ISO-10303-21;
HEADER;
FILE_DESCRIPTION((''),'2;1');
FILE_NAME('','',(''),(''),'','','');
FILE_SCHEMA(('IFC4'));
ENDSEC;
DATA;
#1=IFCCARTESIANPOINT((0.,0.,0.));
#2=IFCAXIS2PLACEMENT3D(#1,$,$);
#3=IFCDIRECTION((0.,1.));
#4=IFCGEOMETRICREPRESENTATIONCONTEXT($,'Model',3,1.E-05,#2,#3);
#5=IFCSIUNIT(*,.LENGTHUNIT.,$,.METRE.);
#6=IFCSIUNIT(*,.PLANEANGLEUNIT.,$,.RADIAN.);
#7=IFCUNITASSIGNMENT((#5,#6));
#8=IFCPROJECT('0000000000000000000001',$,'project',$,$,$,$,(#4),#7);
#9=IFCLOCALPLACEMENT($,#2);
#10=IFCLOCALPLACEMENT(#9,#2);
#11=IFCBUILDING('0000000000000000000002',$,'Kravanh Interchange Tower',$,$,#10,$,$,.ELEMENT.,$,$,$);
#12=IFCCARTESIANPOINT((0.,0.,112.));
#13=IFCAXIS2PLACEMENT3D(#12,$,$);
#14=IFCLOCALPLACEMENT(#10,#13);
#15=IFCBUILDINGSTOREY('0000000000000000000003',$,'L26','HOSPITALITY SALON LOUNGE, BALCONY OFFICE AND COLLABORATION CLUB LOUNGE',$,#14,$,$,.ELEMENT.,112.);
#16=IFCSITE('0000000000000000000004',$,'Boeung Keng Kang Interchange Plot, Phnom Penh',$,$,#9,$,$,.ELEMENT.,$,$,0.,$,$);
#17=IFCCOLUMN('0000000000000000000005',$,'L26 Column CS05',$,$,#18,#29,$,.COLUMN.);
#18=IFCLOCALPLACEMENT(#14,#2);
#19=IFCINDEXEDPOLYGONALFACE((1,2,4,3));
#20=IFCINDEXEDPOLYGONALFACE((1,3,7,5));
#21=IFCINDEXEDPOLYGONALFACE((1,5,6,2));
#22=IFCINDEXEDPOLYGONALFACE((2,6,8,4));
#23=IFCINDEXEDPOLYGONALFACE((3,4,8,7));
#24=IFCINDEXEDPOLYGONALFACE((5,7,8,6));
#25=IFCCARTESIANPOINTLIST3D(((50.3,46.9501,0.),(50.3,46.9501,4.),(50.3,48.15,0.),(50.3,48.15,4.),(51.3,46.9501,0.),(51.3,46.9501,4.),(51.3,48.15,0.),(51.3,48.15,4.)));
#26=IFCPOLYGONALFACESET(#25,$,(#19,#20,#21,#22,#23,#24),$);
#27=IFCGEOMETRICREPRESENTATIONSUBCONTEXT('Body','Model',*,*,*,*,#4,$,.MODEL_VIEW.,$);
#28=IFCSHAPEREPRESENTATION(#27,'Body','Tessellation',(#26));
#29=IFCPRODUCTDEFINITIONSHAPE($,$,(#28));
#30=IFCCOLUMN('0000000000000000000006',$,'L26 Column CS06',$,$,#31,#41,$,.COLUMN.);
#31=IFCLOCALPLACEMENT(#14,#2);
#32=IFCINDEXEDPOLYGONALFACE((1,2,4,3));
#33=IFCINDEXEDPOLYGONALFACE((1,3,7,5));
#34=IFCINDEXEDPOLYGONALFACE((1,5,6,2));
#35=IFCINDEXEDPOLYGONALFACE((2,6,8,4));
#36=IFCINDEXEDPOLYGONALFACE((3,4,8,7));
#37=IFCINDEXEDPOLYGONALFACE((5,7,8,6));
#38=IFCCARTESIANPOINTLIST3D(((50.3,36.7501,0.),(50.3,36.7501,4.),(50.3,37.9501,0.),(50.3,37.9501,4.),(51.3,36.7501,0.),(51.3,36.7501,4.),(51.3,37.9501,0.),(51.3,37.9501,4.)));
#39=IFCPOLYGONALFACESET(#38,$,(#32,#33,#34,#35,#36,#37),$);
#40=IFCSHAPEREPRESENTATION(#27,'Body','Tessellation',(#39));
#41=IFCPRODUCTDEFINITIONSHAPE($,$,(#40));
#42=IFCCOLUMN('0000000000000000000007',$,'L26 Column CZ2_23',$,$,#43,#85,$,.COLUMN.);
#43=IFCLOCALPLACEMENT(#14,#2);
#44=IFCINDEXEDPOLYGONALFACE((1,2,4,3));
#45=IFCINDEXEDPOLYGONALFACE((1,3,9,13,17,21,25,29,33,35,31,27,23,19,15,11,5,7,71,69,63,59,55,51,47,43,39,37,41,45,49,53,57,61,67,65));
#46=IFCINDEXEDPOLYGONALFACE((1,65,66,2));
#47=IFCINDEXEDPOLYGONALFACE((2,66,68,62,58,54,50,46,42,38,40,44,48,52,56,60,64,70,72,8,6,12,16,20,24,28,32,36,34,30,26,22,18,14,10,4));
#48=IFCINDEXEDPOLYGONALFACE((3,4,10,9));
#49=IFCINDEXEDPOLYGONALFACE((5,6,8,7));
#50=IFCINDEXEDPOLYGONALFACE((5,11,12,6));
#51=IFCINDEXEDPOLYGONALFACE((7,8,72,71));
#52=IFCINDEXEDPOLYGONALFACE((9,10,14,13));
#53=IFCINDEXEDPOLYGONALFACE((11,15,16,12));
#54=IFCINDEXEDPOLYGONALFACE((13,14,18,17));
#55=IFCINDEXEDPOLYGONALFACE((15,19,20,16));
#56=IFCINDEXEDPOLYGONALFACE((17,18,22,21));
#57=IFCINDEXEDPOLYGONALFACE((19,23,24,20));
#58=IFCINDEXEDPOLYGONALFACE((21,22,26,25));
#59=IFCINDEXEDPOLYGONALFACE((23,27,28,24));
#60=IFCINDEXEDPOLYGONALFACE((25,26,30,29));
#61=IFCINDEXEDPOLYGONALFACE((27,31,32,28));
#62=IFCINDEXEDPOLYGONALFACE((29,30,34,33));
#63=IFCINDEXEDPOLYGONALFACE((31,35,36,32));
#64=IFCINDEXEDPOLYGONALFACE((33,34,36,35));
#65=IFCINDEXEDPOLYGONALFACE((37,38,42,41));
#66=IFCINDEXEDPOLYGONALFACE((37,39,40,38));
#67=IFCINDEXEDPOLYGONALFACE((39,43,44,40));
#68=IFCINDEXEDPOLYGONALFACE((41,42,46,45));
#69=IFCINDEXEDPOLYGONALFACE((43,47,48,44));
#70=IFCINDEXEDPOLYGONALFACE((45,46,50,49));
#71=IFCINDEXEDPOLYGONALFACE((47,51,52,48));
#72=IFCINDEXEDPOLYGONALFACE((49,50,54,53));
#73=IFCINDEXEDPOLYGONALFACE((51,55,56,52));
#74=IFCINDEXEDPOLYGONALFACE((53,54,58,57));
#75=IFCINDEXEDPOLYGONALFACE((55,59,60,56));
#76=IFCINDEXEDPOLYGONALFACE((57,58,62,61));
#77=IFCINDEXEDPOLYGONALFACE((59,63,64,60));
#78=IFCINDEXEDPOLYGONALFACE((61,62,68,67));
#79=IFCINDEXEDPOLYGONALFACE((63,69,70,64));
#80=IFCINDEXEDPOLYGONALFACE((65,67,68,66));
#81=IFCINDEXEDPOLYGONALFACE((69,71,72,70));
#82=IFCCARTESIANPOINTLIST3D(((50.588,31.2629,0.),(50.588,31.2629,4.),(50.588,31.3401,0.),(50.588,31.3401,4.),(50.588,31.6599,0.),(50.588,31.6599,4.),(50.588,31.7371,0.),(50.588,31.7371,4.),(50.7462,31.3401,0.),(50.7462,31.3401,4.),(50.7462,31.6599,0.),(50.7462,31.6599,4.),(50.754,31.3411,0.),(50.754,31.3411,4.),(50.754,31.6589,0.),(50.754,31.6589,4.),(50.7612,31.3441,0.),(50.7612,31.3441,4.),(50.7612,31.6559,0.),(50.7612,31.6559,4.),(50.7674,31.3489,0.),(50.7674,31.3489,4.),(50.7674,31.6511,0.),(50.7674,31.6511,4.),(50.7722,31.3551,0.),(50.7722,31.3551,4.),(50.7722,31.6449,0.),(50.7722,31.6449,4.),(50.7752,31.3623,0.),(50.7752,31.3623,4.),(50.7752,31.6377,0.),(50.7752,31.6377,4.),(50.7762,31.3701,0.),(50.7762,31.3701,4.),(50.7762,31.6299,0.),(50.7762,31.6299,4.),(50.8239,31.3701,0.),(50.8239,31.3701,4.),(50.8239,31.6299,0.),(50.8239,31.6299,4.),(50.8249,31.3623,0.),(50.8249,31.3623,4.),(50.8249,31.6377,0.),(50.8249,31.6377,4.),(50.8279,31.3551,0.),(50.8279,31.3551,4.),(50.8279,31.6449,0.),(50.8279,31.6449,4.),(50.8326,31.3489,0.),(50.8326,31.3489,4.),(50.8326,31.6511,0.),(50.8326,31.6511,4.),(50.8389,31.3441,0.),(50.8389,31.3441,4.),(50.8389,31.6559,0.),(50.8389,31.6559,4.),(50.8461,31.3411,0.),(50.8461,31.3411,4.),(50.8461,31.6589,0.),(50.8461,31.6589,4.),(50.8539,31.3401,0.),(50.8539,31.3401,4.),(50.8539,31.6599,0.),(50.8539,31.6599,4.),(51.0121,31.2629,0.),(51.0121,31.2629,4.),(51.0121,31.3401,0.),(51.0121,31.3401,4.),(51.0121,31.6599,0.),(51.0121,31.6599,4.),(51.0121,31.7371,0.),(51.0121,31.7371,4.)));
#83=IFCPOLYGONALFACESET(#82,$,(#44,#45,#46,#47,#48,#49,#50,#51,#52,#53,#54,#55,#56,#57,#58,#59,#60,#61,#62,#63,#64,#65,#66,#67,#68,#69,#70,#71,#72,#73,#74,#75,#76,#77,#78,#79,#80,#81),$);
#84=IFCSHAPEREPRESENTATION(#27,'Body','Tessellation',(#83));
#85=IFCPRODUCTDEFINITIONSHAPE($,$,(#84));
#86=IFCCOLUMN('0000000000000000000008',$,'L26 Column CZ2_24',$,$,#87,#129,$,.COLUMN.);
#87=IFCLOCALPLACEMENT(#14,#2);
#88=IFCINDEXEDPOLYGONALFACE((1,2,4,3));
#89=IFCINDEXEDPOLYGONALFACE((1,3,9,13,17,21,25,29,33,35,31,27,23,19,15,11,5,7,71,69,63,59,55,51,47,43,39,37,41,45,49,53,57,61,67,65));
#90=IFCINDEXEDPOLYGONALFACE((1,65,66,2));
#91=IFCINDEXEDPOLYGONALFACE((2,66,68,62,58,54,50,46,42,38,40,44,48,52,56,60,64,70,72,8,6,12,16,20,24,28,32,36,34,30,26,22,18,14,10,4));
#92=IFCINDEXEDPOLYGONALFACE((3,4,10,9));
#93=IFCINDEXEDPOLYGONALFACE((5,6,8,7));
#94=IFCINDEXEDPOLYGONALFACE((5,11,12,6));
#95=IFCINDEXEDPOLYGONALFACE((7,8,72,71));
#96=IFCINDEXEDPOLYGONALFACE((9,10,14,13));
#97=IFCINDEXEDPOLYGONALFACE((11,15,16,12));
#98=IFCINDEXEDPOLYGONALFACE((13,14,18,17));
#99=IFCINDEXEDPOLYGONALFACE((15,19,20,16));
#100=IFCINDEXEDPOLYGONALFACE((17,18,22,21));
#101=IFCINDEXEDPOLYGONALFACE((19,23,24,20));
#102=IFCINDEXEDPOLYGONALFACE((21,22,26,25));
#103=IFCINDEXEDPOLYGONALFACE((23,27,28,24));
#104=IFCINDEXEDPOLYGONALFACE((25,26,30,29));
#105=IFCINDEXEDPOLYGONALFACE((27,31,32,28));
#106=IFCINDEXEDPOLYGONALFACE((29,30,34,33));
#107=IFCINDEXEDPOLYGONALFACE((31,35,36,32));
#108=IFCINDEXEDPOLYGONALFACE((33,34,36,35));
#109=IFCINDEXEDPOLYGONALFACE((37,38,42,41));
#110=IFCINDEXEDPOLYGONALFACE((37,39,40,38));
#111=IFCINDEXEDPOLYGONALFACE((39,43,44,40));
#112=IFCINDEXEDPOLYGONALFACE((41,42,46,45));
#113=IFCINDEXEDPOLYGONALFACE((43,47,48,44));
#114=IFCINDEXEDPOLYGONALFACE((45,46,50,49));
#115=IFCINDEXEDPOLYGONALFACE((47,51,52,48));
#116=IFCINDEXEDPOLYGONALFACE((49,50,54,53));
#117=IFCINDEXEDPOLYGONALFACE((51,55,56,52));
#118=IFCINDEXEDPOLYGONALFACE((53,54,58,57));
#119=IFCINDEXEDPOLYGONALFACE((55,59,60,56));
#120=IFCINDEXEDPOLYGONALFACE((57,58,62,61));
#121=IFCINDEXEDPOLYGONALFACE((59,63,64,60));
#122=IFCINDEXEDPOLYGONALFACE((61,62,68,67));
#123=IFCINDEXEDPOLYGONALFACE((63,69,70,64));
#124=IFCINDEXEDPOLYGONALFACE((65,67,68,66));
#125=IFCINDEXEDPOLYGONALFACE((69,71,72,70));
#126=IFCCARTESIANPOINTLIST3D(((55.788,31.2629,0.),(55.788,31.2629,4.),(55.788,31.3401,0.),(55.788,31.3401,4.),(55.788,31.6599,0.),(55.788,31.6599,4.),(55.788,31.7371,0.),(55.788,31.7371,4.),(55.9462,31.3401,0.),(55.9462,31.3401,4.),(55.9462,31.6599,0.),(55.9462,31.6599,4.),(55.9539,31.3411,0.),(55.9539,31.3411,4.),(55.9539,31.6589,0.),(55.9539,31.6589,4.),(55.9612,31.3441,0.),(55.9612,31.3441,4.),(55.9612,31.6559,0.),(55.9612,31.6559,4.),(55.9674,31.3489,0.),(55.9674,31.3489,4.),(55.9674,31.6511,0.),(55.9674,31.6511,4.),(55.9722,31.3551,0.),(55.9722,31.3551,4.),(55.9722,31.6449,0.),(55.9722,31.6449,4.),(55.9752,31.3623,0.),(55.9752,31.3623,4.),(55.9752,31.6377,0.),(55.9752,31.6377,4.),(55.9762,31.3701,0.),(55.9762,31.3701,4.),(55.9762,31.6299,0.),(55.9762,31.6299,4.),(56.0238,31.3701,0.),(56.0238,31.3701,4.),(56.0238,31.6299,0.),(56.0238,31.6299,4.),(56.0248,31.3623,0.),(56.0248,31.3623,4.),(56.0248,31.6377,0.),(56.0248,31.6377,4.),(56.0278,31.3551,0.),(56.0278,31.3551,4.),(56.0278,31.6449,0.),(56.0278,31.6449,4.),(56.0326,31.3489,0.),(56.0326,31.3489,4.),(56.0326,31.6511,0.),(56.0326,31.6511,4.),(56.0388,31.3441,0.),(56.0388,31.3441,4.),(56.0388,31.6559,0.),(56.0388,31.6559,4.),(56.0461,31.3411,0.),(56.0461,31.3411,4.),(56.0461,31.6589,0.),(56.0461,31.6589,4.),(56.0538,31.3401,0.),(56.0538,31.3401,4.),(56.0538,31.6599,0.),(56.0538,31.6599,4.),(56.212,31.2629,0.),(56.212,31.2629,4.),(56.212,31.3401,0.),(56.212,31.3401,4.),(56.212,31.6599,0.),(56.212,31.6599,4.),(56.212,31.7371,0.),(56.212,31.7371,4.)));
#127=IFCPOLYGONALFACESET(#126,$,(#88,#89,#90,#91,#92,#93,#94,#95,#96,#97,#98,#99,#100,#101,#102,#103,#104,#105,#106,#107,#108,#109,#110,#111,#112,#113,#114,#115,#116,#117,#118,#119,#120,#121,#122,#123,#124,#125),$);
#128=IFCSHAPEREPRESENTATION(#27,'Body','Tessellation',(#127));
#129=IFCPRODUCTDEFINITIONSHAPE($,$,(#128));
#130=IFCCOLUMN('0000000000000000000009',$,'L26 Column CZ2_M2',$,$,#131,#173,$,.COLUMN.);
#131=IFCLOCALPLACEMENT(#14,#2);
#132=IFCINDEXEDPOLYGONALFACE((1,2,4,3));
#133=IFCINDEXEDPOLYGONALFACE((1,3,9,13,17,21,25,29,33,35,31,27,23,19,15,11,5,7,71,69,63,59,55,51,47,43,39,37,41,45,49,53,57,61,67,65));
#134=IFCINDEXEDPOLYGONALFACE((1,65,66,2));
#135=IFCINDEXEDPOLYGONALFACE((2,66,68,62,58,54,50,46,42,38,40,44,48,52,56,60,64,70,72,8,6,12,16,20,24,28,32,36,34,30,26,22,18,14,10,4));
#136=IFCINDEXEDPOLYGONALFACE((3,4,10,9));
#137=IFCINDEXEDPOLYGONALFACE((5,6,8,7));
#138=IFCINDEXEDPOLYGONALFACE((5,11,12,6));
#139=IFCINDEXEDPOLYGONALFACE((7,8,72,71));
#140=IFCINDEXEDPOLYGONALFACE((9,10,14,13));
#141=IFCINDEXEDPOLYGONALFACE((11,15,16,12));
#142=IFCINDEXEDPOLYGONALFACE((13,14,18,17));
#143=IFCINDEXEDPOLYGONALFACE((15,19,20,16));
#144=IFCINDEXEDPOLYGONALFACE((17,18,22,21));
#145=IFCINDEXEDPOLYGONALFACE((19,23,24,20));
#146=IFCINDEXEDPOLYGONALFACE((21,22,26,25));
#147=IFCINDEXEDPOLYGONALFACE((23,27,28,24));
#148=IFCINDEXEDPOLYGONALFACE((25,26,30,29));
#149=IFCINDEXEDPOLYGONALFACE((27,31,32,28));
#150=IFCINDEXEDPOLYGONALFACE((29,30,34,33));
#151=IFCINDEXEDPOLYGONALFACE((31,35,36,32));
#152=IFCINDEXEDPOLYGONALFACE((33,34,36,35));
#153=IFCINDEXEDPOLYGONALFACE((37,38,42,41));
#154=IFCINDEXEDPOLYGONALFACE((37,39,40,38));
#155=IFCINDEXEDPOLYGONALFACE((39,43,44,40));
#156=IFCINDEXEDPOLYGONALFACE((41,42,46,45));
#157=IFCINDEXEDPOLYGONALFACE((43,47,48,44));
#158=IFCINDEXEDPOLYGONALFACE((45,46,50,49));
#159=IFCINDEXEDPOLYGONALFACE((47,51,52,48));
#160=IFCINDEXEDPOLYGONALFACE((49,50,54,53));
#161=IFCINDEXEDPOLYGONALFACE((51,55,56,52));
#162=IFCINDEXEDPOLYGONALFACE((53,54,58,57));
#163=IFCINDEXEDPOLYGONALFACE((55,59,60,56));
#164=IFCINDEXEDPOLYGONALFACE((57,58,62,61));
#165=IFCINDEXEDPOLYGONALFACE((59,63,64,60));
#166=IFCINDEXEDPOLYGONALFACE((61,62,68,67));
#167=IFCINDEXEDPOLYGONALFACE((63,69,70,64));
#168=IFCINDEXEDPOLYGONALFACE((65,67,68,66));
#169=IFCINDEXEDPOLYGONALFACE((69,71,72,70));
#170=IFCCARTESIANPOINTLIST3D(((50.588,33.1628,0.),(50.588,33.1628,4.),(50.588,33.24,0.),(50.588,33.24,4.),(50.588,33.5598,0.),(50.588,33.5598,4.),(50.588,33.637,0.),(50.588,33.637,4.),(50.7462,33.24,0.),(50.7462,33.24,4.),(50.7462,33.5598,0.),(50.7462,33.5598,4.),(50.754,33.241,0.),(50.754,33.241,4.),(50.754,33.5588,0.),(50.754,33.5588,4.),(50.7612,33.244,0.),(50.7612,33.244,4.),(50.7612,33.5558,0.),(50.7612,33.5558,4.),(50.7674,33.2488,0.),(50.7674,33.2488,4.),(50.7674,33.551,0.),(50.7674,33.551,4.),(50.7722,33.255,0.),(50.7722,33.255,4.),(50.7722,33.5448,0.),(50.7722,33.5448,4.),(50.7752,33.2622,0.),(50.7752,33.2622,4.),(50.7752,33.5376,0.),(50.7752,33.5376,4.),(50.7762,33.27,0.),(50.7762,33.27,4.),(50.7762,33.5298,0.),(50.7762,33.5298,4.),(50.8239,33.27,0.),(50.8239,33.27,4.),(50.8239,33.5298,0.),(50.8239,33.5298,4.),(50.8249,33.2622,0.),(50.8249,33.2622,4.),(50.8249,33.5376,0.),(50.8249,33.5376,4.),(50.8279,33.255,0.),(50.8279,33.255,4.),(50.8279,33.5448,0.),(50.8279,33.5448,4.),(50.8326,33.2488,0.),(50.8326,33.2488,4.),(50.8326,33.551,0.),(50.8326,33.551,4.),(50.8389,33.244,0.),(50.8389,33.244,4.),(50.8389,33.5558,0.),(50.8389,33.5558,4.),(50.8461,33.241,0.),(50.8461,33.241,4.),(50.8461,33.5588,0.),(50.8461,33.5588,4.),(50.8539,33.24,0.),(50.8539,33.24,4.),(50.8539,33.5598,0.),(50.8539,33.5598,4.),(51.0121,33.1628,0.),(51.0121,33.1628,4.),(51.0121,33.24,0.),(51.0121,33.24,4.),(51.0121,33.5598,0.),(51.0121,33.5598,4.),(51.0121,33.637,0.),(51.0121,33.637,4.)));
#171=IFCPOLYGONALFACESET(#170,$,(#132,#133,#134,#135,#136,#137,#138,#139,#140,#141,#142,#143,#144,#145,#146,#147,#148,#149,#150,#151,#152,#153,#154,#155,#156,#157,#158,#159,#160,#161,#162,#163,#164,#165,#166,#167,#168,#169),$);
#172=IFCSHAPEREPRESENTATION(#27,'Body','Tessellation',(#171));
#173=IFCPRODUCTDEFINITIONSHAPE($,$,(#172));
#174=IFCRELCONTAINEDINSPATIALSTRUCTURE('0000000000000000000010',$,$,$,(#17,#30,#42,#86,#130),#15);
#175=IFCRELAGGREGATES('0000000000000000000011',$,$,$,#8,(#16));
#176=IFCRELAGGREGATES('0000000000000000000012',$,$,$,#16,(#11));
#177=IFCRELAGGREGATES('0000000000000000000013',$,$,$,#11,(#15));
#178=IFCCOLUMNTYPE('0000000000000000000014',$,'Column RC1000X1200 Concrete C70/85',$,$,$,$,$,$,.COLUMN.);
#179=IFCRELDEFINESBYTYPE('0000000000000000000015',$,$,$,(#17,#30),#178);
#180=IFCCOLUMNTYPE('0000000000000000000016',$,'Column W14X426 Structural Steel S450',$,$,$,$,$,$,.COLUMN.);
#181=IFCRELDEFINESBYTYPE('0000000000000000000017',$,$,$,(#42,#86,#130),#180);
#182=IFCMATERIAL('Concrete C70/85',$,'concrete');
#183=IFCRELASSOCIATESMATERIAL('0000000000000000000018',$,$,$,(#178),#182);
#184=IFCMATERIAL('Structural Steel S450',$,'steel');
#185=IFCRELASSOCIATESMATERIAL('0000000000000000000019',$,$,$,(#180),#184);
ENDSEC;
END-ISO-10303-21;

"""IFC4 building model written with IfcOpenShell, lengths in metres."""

from ifc_helpers import new_model, si_unit, direction, frame, origin, origin_2d, place, context, subcontext, project, spatial, rectangle, i_section, extrude, material, material_profile, profile_set, type_object, element, save


model = new_model("IFC4")

# Units and contexts
model_context = context("Model", 3, precision=1e-05, world=origin(), true_north=direction((0.0, 1.0)))
body_context = subcontext(model_context, "Body", "Model", "MODEL_VIEW")
ifc_project = project(units=[si_unit("LENGTHUNIT", "METRE"), si_unit("PLANEANGLEUNIT", "RADIAN")], contexts=[model_context])

# Site, building, storey
site_placement = place(None, origin())
site = spatial("IfcSite", under=ifc_project, at=site_placement, Name="Boeung Keng Kang Interchange Plot, Phnom Penh", CompositionType="ELEMENT", RefElevation=0.0)
building_placement = place(site_placement, origin())
building = spatial("IfcBuilding", under=site, at=building_placement, Name="Kravanh Interchange Tower", CompositionType="ELEMENT")
storey_placement = place(building_placement, frame((0.0, 0.0, 112.0)))
storey = spatial("IfcBuildingStorey", under=building, at=storey_placement, Name="L26", Description="HOSPITALITY SALON LOUNGE, BALCONY OFFICE AND COLLABORATION CLUB LOUNGE", CompositionType="ELEMENT", Elevation=112.0)

# Columns
ifc_material_1 = material(Name="Concrete C70/85", Category="concrete")
ifc_material_profile_1 = material_profile(ifc_material_1, rectangle(XDim=1.0, YDim=1.2, at=origin_2d()), Name="RC1000X1200")
ifc_profile_set_1 = profile_set([ifc_material_profile_1], Name="Concrete C70/85")
column_type_1 = type_object("IfcColumnType", Name="Column RC1000X1200 Concrete C70/85", PredefinedType="COLUMN", material=ifc_profile_set_1)
for number, where, z_axis, x_axis, name in (
    (1, (50.8, 47.55, 0.0), (0.0, 0.0, 1.0), (1.0, 0.0, 0.0), "L26 Column CS05"),
    (2, (50.8, 37.3501, 0.0), (0.0, 0.0, 1.0), (1.0, 0.0, 0.0), "L26 Column CS06"),
):
    element("IfcColumn", number, at=place(storey_placement, frame(where, z_axis=z_axis, x_axis=x_axis)), inside=storey, type_object=column_type_1, Name=name, PredefinedType="COLUMN", context=body_context, shape_type="SweptSolid", body=[
        extrude(rectangle(XDim=1.0, YDim=1.2, at=origin_2d()), origin(), (0.0, 0.0, 1.0), 4.0),
    ])
ifc_material_2 = material(Name="Structural Steel S450", Category="steel")
ifc_material_profile_2 = material_profile(ifc_material_2, i_section(OverallWidth=0.4241, OverallDepth=0.4741, WebThickness=0.0476, FlangeThickness=0.0771, FilletRadius=0.03, at=origin_2d()), Name="W14X426")
ifc_profile_set_2 = profile_set([ifc_material_profile_2], Name="Structural Steel S450")
column_type_2 = type_object("IfcColumnType", Name="Column W14X426 Structural Steel S450", PredefinedType="COLUMN", material=ifc_profile_set_2)
for number, where, z_axis, x_axis, name in (
    (3, (50.8, 31.5, 0.0), (0.0, 0.0, 1.0), (1.0, 0.0, 0.0), "L26 Column CZ2_23"),
    (4, (56.0, 31.5, 0.0), (0.0, 0.0, 1.0), (1.0, 0.0, 0.0), "L26 Column CZ2_24"),
    (5, (50.8, 33.3999, 0.0), (0.0, 0.0, 1.0), (1.0, 0.0, 0.0), "L26 Column CZ2_M2"),
):
    element("IfcColumn", number, at=place(storey_placement, frame(where, z_axis=z_axis, x_axis=x_axis)), inside=storey, type_object=column_type_2, Name=name, PredefinedType="COLUMN", context=body_context, shape_type="SweptSolid", body=[
        extrude(i_section(OverallWidth=0.4241, OverallDepth=0.4741, WebThickness=0.0476, FlangeThickness=0.0771, FilletRadius=0.03, at=origin_2d()), origin(), (0.0, 0.0, 1.0), 4.0),
    ])

save(model, "model.ifc")
